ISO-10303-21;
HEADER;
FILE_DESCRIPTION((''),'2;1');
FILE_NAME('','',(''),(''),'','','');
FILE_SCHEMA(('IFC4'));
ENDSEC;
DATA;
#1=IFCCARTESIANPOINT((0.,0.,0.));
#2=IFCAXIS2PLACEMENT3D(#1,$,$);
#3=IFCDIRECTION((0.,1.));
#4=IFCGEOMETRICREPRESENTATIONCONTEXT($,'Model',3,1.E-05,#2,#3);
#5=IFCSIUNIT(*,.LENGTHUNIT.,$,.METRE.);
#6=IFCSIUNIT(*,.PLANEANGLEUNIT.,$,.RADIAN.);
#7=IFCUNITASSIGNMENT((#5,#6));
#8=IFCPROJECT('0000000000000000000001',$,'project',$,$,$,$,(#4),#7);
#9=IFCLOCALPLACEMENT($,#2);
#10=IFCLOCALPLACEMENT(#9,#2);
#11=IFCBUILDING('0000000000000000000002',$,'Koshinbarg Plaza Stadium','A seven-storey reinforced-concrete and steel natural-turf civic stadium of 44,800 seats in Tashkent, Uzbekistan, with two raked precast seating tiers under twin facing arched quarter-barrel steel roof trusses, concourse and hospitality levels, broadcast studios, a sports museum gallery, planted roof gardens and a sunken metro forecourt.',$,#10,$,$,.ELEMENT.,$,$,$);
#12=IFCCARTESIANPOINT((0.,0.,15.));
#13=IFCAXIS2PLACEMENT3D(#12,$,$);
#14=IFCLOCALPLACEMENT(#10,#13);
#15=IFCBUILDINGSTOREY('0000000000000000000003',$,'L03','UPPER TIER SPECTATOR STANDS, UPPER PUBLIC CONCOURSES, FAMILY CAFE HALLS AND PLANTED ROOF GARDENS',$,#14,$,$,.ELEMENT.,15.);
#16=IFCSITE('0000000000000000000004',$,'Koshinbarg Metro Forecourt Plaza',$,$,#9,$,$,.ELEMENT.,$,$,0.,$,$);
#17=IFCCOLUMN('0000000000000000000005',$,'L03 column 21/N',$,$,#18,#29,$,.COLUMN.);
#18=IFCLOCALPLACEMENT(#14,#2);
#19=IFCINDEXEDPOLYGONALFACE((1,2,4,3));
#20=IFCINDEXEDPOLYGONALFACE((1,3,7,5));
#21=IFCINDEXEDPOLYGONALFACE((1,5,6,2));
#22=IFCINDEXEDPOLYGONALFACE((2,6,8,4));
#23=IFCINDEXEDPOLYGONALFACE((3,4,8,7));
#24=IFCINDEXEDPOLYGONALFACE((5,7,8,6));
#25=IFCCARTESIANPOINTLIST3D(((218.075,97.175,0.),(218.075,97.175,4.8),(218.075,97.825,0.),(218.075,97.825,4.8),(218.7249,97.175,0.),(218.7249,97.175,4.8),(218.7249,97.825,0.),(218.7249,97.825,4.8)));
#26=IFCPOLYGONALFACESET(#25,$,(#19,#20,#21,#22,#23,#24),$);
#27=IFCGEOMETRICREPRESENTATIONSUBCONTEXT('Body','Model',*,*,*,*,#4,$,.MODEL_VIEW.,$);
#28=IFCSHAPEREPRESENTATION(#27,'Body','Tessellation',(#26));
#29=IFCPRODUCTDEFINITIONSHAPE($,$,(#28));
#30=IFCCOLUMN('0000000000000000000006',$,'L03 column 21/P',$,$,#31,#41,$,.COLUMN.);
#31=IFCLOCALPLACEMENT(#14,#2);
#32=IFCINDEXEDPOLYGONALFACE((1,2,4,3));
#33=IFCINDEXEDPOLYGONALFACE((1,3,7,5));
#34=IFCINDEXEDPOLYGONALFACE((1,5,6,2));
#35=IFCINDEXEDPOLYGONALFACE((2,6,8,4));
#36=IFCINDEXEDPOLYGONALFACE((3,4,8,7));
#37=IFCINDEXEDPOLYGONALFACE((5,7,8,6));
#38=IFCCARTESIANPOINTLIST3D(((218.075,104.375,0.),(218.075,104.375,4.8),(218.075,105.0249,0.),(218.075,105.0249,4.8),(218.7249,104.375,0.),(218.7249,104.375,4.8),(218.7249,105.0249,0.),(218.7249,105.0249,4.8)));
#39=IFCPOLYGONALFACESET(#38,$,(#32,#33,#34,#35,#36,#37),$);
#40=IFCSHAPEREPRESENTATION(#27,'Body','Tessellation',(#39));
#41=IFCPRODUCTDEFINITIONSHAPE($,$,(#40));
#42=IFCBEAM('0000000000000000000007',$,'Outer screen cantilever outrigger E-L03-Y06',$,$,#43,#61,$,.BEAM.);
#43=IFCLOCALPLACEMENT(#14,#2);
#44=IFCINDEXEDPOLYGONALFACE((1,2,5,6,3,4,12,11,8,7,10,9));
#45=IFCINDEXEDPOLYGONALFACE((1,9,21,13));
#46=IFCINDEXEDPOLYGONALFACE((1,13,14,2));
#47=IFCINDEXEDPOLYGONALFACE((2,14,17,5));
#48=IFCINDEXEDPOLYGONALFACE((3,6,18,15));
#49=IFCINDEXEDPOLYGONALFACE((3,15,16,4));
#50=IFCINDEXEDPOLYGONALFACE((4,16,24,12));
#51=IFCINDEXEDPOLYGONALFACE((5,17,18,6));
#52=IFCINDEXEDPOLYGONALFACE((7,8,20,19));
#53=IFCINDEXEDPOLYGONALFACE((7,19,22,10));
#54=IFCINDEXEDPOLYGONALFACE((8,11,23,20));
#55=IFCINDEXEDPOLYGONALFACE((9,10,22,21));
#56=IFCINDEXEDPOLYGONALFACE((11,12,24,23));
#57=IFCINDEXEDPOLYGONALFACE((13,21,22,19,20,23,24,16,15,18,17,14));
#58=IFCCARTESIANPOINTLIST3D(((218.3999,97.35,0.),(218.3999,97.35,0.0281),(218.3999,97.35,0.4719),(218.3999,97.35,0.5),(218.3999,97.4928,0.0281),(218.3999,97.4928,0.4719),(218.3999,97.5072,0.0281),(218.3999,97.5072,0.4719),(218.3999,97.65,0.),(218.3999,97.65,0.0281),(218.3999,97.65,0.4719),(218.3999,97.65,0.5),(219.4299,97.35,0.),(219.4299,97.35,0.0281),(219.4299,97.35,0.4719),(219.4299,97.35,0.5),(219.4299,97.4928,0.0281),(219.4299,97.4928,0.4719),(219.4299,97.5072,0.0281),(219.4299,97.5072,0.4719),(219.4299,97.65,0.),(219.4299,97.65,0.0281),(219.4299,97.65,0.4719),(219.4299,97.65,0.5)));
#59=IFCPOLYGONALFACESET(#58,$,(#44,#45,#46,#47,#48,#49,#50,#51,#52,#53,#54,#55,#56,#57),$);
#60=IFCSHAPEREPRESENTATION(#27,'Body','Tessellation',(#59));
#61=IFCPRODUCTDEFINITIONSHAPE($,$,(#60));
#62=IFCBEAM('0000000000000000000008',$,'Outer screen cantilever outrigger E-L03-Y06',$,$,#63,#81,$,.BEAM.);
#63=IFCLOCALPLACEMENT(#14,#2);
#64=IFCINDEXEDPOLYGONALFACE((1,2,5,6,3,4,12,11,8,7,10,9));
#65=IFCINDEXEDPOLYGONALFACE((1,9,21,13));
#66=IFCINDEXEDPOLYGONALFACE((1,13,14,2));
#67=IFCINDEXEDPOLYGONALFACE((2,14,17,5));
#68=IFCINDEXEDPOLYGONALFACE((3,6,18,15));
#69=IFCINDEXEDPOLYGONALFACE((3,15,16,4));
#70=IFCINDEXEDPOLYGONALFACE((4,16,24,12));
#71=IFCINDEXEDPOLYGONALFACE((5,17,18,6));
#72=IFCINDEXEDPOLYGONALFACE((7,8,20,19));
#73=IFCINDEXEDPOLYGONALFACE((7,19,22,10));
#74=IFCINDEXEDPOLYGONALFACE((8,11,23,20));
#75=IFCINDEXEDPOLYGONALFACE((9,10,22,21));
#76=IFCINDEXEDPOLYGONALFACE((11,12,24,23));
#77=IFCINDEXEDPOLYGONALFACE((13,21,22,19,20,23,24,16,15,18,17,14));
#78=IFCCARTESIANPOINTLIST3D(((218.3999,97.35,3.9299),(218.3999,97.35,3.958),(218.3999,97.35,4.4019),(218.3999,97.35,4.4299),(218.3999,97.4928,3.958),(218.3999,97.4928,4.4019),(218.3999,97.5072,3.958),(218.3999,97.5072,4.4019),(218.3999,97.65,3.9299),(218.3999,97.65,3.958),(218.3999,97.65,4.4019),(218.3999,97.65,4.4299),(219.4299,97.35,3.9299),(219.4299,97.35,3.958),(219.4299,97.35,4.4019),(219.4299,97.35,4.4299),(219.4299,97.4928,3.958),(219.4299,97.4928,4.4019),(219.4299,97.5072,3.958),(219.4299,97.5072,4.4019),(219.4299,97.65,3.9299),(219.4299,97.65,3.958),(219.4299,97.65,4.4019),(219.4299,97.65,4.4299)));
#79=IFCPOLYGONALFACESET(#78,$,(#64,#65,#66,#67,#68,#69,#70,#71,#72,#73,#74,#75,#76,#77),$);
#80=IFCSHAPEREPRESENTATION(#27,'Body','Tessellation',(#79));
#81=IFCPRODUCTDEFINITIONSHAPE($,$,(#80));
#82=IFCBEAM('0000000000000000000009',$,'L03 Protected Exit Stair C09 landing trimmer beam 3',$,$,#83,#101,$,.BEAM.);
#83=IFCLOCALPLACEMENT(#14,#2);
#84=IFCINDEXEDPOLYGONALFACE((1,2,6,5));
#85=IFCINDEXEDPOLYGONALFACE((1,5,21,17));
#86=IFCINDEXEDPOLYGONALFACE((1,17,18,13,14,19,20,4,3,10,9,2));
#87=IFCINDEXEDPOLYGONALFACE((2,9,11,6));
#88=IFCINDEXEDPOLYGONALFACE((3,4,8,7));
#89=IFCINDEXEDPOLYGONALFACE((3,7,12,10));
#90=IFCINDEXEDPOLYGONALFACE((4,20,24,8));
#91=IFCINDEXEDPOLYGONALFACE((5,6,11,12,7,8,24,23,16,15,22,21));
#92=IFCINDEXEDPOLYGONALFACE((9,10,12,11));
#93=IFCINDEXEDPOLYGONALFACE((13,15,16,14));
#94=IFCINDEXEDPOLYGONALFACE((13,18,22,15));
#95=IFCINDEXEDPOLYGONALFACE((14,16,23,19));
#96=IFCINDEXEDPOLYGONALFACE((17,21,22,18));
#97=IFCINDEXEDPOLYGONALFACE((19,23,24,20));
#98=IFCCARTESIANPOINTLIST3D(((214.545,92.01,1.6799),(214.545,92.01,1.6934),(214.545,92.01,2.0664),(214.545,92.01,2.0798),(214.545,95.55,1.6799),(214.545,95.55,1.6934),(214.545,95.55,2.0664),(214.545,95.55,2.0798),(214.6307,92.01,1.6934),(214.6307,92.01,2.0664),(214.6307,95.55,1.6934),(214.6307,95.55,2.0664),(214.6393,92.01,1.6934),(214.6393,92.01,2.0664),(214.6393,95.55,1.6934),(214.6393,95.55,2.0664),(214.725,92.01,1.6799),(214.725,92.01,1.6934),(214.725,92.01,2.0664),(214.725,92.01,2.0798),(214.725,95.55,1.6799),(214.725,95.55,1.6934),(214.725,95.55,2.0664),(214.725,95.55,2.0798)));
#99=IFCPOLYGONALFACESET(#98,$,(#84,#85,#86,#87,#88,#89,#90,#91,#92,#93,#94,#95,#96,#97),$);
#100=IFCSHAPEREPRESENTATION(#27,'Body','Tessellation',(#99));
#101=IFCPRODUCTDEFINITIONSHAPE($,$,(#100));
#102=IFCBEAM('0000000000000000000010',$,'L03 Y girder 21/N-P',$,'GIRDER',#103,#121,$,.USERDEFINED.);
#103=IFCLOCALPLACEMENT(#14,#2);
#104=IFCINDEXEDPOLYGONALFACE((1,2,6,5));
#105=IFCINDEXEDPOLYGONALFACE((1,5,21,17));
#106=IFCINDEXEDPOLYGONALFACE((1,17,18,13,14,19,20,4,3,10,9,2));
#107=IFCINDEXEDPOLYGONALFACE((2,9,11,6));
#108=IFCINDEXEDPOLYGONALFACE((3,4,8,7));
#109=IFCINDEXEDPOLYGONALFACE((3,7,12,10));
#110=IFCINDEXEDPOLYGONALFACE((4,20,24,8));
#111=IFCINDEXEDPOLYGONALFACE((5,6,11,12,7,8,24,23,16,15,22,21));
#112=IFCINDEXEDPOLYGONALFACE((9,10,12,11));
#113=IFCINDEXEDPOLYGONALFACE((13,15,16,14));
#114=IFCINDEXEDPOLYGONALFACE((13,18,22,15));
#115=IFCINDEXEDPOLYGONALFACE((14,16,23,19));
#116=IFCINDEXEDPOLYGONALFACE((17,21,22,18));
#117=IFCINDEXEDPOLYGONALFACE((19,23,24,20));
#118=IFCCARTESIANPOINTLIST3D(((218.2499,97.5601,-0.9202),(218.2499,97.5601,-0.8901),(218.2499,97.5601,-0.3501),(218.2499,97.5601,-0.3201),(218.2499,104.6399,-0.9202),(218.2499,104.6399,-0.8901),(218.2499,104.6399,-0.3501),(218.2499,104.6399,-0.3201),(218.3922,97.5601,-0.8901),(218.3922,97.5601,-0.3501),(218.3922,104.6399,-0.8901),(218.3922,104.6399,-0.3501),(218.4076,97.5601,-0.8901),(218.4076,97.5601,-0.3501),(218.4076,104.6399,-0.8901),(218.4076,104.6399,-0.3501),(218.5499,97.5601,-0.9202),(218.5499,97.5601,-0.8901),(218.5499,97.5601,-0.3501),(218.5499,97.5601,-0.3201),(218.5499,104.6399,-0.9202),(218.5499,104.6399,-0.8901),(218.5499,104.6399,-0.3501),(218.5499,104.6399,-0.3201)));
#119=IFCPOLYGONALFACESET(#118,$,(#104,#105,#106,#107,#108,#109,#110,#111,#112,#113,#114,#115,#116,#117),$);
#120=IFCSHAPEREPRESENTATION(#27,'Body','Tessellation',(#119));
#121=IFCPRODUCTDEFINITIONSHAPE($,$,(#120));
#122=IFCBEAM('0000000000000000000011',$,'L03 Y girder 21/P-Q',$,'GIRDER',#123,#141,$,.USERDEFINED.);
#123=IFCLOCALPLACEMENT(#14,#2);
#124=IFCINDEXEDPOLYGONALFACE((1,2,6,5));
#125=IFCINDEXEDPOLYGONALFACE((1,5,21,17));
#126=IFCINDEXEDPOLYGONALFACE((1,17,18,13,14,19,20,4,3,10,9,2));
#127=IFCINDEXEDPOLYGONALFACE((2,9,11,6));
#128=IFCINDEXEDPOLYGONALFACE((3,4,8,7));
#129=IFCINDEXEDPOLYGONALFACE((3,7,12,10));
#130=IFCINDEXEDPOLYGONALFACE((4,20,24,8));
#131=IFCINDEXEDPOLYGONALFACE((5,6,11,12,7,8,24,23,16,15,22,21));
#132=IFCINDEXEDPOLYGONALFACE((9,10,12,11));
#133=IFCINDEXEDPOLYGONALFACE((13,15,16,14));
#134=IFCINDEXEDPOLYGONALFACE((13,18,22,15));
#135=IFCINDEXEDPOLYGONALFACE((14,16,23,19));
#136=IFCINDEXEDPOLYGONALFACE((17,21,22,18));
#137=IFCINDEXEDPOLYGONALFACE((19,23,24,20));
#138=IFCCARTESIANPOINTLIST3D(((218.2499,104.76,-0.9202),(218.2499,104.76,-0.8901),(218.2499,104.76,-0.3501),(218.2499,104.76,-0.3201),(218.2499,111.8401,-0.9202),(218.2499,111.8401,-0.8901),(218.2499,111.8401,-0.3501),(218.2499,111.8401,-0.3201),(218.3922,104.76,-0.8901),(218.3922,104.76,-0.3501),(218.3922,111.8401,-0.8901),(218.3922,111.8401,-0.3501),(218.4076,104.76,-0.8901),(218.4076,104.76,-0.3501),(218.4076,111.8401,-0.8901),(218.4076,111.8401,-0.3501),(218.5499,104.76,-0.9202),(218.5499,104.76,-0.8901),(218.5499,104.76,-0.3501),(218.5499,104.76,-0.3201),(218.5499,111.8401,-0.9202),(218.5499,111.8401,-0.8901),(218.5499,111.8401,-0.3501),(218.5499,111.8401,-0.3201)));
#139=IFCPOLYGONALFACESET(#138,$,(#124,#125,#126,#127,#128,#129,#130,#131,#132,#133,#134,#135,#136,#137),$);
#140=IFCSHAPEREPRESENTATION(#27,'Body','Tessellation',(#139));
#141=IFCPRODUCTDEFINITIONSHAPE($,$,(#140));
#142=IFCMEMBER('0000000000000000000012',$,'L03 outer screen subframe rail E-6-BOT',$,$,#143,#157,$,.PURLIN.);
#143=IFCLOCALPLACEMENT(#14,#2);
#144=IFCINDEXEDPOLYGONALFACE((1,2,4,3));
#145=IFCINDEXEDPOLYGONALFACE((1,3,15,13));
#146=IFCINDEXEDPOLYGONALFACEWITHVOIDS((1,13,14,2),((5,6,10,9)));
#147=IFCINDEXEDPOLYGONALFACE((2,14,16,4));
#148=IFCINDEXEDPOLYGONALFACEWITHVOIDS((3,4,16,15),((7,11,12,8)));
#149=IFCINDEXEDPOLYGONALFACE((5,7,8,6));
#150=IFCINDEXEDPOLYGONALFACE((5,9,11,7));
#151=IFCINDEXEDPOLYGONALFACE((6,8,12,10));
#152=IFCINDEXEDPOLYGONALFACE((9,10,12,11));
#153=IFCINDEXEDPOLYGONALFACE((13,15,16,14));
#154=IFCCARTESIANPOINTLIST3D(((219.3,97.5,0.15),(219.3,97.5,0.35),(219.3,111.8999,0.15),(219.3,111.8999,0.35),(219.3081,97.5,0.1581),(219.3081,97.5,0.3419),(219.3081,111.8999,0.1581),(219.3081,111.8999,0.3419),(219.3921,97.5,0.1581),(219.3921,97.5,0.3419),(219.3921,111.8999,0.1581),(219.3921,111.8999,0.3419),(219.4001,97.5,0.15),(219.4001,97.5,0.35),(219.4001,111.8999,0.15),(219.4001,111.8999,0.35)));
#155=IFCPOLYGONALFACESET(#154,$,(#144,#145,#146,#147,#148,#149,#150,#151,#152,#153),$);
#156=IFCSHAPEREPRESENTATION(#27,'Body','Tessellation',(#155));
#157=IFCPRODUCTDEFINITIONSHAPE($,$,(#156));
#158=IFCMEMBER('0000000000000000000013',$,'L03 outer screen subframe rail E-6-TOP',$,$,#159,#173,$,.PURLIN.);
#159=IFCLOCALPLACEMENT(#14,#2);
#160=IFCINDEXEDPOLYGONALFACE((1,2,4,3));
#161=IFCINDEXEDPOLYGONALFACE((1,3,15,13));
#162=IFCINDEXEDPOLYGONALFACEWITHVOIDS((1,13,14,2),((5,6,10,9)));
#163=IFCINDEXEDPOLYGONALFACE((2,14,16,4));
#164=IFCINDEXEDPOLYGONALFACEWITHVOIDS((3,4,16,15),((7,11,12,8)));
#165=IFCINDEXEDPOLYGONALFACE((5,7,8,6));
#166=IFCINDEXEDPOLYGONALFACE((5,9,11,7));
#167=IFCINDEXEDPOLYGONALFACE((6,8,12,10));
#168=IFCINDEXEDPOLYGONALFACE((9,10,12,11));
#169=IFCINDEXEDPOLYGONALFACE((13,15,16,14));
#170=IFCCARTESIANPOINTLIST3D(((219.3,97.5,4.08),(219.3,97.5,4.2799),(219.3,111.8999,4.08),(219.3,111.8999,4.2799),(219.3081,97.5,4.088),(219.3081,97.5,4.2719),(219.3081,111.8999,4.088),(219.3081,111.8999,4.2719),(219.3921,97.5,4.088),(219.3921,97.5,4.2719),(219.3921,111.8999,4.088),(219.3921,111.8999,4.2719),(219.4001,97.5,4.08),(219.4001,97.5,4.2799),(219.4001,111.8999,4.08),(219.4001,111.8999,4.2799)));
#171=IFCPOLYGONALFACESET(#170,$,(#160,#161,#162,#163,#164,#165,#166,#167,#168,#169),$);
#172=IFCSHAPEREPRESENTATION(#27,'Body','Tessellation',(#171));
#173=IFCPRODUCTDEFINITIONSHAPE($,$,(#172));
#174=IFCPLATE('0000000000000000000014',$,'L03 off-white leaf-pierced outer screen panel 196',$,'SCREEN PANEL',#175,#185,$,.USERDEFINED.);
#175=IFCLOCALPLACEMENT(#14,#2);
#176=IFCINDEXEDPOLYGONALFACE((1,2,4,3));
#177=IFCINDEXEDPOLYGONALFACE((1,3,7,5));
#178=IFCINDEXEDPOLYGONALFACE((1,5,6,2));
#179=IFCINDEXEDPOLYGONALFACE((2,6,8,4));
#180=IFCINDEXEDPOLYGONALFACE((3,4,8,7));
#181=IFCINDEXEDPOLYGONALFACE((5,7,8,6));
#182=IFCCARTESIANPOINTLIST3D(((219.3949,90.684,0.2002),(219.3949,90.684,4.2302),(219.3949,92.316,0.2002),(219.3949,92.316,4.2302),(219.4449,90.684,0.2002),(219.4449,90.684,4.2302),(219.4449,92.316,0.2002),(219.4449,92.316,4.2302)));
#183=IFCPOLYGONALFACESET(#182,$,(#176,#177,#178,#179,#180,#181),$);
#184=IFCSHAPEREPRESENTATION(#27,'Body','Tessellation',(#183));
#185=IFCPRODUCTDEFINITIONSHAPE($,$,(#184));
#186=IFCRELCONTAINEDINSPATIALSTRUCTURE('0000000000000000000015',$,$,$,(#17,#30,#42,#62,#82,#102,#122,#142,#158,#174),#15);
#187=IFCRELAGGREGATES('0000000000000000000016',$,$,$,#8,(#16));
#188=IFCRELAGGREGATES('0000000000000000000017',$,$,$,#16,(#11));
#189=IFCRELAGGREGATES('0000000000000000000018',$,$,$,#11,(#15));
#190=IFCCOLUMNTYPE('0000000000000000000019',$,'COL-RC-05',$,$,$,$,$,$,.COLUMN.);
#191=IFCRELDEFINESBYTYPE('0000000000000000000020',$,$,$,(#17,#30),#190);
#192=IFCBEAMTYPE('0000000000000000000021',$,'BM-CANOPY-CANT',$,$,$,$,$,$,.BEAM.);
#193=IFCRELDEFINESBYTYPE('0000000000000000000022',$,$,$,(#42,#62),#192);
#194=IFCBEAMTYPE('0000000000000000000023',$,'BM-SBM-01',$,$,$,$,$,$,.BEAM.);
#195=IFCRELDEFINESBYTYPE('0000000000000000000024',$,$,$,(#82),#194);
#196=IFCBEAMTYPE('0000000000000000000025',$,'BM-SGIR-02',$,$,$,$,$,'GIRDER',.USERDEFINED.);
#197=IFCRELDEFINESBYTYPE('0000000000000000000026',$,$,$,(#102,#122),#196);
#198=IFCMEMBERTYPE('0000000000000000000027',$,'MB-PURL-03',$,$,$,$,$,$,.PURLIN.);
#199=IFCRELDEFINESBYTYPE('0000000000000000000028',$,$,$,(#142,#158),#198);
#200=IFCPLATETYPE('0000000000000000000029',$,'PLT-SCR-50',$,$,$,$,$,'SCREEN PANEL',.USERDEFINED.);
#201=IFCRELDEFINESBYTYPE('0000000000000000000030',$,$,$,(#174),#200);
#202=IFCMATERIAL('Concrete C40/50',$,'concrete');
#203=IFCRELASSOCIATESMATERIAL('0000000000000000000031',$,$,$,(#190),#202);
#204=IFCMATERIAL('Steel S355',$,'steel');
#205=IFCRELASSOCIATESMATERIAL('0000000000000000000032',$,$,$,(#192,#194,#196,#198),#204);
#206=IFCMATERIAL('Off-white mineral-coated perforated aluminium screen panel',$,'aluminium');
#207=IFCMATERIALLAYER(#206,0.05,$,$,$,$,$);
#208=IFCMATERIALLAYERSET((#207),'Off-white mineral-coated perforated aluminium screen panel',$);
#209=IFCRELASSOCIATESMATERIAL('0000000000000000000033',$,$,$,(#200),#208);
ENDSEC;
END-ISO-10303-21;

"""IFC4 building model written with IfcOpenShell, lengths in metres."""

from ifc_helpers import new_model, si_unit, direction, frame, origin, origin_2d, place, context, subcontext, project, spatial, rectangle, hollow_rectangle, i_section, extrude, material, layer, layer_set, material_profile, profile_set, type_object, element, save


model = new_model("IFC4")

# Units and contexts
model_context = context("Model", 3, precision=1e-05, world=origin(), true_north=direction((0.0, 1.0)))
body_context = subcontext(model_context, "Body", "Model", "MODEL_VIEW")
ifc_project = project(units=[si_unit("LENGTHUNIT", "METRE"), si_unit("PLANEANGLEUNIT", "RADIAN")], contexts=[model_context])

# Site, building, storey
site_placement = place(None, origin())
site = spatial("IfcSite", under=ifc_project, at=site_placement, Name="Koshinbarg Metro Forecourt Plaza", CompositionType="ELEMENT", RefElevation=0.0)
building_placement = place(site_placement, origin())
building = spatial("IfcBuilding", under=site, at=building_placement, Name="Koshinbarg Plaza Stadium", Description="A seven-storey reinforced-concrete and steel natural-turf civic stadium of 44,800 seats in Tashkent, Uzbekistan, with two raked precast seating tiers under twin facing arched quarter-barrel steel roof trusses, concourse and hospitality levels, broadcast studios, a sports museum gallery, planted roof gardens and a sunken metro forecourt.", CompositionType="ELEMENT")
storey_placement = place(building_placement, frame((0.0, 0.0, 15.0)))
storey = spatial("IfcBuildingStorey", under=building, at=storey_placement, Name="L03", Description="UPPER TIER SPECTATOR STANDS, UPPER PUBLIC CONCOURSES, FAMILY CAFE HALLS AND PLANTED ROOF GARDENS", CompositionType="ELEMENT", Elevation=15.0)

# Columns
ifc_material_1 = material(Name="Concrete C40/50", Category="concrete")
ifc_material_profile_1 = material_profile(ifc_material_1, rectangle(XDim=0.6499, YDim=0.6499, at=origin_2d()), Name="RC 650x650")
ifc_profile_set_1 = profile_set([ifc_material_profile_1], Name="Concrete C40/50")
column_type = type_object("IfcColumnType", Name="COL-RC-05", PredefinedType="COLUMN", material=ifc_profile_set_1)
for number, where, z_axis, x_axis, name in (
    (1, (218.3999, 97.5, 0.0), (0.0, 0.0, 1.0), (1.0, 0.0, 0.0), "L03 column 21/N"),
    (2, (218.3999, 104.7, 0.0), (0.0, 0.0, 1.0), (1.0, 0.0, 0.0), "L03 column 21/P"),
):
    element("IfcColumn", number, at=place(storey_placement, frame(where, z_axis=z_axis, x_axis=x_axis)), inside=storey, type_object=column_type, Name=name, PredefinedType="COLUMN", context=body_context, shape_type="SweptSolid", body=[
        extrude(rectangle(XDim=0.6499, YDim=0.6499, at=origin_2d()), origin(), (0.0, 0.0, 1.0), 4.8),
    ])

# Beams
ifc_material_2 = material(Name="Steel S355", Category="steel")
ifc_material_profile_2 = material_profile(ifc_material_2, i_section(OverallWidth=0.3, OverallDepth=0.5, WebThickness=0.0144, FlangeThickness=0.0281, at=origin_2d()), Name="HEB 500")
ifc_profile_set_2 = profile_set([ifc_material_profile_2], Name="Steel S355")
beam_type_1 = type_object("IfcBeamType", Name="BM-CANOPY-CANT", PredefinedType="BEAM", material=ifc_profile_set_2)
for number, where, z_axis, x_axis, name in (
    (3, (218.3999, 97.5, 0.25), (1.0, 0.0, 0.0), (0.0, 1.0, 0.0), "Outer screen cantilever outrigger E-L03-Y06"),
    (4, (218.3999, 97.5, 4.1799), (1.0, 0.0, 0.0), (0.0, 1.0, 0.0), "Outer screen cantilever outrigger E-L03-Y06"),
):
    element("IfcBeam", number, at=place(storey_placement, frame(where, z_axis=z_axis, x_axis=x_axis)), inside=storey, type_object=beam_type_1, Name=name, PredefinedType="BEAM", context=body_context, shape_type="SweptSolid", body=[
        extrude(i_section(OverallWidth=0.3, OverallDepth=0.5, WebThickness=0.0144, FlangeThickness=0.0281, at=origin_2d()), origin(), (0.0, 0.0, 1.0), 1.03),
    ])
ifc_material_profile_3 = material_profile(ifc_material_2, i_section(OverallWidth=0.1799, OverallDepth=0.3999, WebThickness=0.0085, FlangeThickness=0.0134, at=origin_2d()), Name="IPE 400")
ifc_profile_set_3 = profile_set([ifc_material_profile_3], Name="Steel S355")
beam_type_2 = type_object("IfcBeamType", Name="BM-SBM-01", PredefinedType="BEAM", material=ifc_profile_set_3)
beam_1_placement = place(storey_placement, frame((214.635, 92.01, 1.8799), z_axis=(0.0, 1.0, 0.0), x_axis=(-1.0, 0.0, 0.0)))
element("IfcBeam", 5, at=beam_1_placement, inside=storey, type_object=beam_type_2, Name="L03 Protected Exit Stair C09 landing trimmer beam 3", PredefinedType="BEAM", context=body_context, shape_type="SweptSolid", body=[
    extrude(i_section(OverallWidth=0.1799, OverallDepth=0.3999, WebThickness=0.0085, FlangeThickness=0.0134, at=origin_2d()), origin(), (0.0, 0.0, 1.0), 3.54),
])
ifc_material_profile_4 = material_profile(ifc_material_2, i_section(OverallWidth=0.3, OverallDepth=0.6001, WebThickness=0.0154, FlangeThickness=0.03, at=origin_2d()), Name="HEB 600")
ifc_profile_set_4 = profile_set([ifc_material_profile_4], Name="Steel S355")
beam_type_3 = type_object("IfcBeamType", Name="BM-SGIR-02", ElementType="GIRDER", PredefinedType="USERDEFINED", material=ifc_profile_set_4)
beam_2_placement = place(storey_placement, frame((218.3999, 97.5601, -0.6201), z_axis=(0.0, 1.0, 0.0), x_axis=(-1.0, 0.0, 0.0)))
element("IfcBeam", 6, at=beam_2_placement, inside=storey, type_object=beam_type_3, Name="L03 Y girder 21/N-P", ObjectType="GIRDER", PredefinedType="USERDEFINED", context=body_context, shape_type="SweptSolid", body=[
    extrude(i_section(OverallWidth=0.3, OverallDepth=0.6001, WebThickness=0.0154, FlangeThickness=0.03, at=origin_2d()), origin(), (0.0, 0.0, 1.0), 7.0798),
])
beam_3_placement = place(storey_placement, frame((218.3999, 104.76, -0.6201), z_axis=(0.0, 1.0, 0.0), x_axis=(-1.0, 0.0, 0.0)))
element("IfcBeam", 7, at=beam_3_placement, inside=storey, type_object=beam_type_3, Name="L03 Y girder 21/P-Q", ObjectType="GIRDER", PredefinedType="USERDEFINED", context=body_context, shape_type="SweptSolid", body=[
    extrude(i_section(OverallWidth=0.3, OverallDepth=0.6001, WebThickness=0.0154, FlangeThickness=0.03, at=origin_2d()), origin(), (0.0, 0.0, 1.0), 7.0801),
])

# Members
ifc_material_profile_5 = material_profile(ifc_material_2, hollow_rectangle(XDim=0.1001, YDim=0.2, WallThickness=0.0081, at=origin_2d()), Name="RHS 200x100x8")
ifc_profile_set_5 = profile_set([ifc_material_profile_5], Name="Steel S355")
member_type = type_object("IfcMemberType", Name="MB-PURL-03", PredefinedType="PURLIN", material=ifc_profile_set_5)
for number, where, z_axis, x_axis, name in (
    (8, (219.3501, 97.5, 0.25), (0.0, 1.0, 0.0), (-1.0, 0.0, 0.0), "L03 outer screen subframe rail E-6-BOT"),
    (9, (219.3501, 97.5, 4.1799), (0.0, 1.0, 0.0), (-1.0, 0.0, 0.0), "L03 outer screen subframe rail E-6-TOP"),
):
    element("IfcMember", number, at=place(storey_placement, frame(where, z_axis=z_axis, x_axis=x_axis)), inside=storey, type_object=member_type, Name=name, PredefinedType="PURLIN", context=body_context, shape_type="SweptSolid", body=[
        extrude(hollow_rectangle(XDim=0.1001, YDim=0.2, WallThickness=0.0081, at=origin_2d()), origin(), (0.0, 0.0, 1.0), 14.3999),
    ])

# Plate
ifc_material_3 = material(Name="Off-white mineral-coated perforated aluminium screen panel", Category="aluminium")
ifc_layer_1 = layer(ifc_material_3, 0.05)
ifc_layer_set_1 = layer_set([ifc_layer_1], Name="Off-white mineral-coated perforated aluminium screen panel")
plate_type_1 = type_object("IfcPlateType", Name="PLT-SCR-50", ElementType="SCREEN PANEL", PredefinedType="USERDEFINED", material=ifc_layer_set_1)
for number, where, z_axis, x_axis, name in (
    (10, (219.4199, 91.5, 0.2002), (0.0, 0.0, 1.0), (1.0, 0.0, 0.0), "L03 off-white leaf-pierced outer screen panel 196"),
):
    element("IfcPlate", number, at=place(storey_placement, frame(where, z_axis=z_axis, x_axis=x_axis)), inside=storey, type_object=plate_type_1, Name=name, ObjectType="SCREEN PANEL", PredefinedType="USERDEFINED", context=body_context, shape_type="SweptSolid", body=[
        extrude(rectangle(XDim=0.05, YDim=1.6321, at=origin_2d()), origin(), (0.0, 0.0, 1.0), 4.03),
    ])

save(model, "model.ifc")
